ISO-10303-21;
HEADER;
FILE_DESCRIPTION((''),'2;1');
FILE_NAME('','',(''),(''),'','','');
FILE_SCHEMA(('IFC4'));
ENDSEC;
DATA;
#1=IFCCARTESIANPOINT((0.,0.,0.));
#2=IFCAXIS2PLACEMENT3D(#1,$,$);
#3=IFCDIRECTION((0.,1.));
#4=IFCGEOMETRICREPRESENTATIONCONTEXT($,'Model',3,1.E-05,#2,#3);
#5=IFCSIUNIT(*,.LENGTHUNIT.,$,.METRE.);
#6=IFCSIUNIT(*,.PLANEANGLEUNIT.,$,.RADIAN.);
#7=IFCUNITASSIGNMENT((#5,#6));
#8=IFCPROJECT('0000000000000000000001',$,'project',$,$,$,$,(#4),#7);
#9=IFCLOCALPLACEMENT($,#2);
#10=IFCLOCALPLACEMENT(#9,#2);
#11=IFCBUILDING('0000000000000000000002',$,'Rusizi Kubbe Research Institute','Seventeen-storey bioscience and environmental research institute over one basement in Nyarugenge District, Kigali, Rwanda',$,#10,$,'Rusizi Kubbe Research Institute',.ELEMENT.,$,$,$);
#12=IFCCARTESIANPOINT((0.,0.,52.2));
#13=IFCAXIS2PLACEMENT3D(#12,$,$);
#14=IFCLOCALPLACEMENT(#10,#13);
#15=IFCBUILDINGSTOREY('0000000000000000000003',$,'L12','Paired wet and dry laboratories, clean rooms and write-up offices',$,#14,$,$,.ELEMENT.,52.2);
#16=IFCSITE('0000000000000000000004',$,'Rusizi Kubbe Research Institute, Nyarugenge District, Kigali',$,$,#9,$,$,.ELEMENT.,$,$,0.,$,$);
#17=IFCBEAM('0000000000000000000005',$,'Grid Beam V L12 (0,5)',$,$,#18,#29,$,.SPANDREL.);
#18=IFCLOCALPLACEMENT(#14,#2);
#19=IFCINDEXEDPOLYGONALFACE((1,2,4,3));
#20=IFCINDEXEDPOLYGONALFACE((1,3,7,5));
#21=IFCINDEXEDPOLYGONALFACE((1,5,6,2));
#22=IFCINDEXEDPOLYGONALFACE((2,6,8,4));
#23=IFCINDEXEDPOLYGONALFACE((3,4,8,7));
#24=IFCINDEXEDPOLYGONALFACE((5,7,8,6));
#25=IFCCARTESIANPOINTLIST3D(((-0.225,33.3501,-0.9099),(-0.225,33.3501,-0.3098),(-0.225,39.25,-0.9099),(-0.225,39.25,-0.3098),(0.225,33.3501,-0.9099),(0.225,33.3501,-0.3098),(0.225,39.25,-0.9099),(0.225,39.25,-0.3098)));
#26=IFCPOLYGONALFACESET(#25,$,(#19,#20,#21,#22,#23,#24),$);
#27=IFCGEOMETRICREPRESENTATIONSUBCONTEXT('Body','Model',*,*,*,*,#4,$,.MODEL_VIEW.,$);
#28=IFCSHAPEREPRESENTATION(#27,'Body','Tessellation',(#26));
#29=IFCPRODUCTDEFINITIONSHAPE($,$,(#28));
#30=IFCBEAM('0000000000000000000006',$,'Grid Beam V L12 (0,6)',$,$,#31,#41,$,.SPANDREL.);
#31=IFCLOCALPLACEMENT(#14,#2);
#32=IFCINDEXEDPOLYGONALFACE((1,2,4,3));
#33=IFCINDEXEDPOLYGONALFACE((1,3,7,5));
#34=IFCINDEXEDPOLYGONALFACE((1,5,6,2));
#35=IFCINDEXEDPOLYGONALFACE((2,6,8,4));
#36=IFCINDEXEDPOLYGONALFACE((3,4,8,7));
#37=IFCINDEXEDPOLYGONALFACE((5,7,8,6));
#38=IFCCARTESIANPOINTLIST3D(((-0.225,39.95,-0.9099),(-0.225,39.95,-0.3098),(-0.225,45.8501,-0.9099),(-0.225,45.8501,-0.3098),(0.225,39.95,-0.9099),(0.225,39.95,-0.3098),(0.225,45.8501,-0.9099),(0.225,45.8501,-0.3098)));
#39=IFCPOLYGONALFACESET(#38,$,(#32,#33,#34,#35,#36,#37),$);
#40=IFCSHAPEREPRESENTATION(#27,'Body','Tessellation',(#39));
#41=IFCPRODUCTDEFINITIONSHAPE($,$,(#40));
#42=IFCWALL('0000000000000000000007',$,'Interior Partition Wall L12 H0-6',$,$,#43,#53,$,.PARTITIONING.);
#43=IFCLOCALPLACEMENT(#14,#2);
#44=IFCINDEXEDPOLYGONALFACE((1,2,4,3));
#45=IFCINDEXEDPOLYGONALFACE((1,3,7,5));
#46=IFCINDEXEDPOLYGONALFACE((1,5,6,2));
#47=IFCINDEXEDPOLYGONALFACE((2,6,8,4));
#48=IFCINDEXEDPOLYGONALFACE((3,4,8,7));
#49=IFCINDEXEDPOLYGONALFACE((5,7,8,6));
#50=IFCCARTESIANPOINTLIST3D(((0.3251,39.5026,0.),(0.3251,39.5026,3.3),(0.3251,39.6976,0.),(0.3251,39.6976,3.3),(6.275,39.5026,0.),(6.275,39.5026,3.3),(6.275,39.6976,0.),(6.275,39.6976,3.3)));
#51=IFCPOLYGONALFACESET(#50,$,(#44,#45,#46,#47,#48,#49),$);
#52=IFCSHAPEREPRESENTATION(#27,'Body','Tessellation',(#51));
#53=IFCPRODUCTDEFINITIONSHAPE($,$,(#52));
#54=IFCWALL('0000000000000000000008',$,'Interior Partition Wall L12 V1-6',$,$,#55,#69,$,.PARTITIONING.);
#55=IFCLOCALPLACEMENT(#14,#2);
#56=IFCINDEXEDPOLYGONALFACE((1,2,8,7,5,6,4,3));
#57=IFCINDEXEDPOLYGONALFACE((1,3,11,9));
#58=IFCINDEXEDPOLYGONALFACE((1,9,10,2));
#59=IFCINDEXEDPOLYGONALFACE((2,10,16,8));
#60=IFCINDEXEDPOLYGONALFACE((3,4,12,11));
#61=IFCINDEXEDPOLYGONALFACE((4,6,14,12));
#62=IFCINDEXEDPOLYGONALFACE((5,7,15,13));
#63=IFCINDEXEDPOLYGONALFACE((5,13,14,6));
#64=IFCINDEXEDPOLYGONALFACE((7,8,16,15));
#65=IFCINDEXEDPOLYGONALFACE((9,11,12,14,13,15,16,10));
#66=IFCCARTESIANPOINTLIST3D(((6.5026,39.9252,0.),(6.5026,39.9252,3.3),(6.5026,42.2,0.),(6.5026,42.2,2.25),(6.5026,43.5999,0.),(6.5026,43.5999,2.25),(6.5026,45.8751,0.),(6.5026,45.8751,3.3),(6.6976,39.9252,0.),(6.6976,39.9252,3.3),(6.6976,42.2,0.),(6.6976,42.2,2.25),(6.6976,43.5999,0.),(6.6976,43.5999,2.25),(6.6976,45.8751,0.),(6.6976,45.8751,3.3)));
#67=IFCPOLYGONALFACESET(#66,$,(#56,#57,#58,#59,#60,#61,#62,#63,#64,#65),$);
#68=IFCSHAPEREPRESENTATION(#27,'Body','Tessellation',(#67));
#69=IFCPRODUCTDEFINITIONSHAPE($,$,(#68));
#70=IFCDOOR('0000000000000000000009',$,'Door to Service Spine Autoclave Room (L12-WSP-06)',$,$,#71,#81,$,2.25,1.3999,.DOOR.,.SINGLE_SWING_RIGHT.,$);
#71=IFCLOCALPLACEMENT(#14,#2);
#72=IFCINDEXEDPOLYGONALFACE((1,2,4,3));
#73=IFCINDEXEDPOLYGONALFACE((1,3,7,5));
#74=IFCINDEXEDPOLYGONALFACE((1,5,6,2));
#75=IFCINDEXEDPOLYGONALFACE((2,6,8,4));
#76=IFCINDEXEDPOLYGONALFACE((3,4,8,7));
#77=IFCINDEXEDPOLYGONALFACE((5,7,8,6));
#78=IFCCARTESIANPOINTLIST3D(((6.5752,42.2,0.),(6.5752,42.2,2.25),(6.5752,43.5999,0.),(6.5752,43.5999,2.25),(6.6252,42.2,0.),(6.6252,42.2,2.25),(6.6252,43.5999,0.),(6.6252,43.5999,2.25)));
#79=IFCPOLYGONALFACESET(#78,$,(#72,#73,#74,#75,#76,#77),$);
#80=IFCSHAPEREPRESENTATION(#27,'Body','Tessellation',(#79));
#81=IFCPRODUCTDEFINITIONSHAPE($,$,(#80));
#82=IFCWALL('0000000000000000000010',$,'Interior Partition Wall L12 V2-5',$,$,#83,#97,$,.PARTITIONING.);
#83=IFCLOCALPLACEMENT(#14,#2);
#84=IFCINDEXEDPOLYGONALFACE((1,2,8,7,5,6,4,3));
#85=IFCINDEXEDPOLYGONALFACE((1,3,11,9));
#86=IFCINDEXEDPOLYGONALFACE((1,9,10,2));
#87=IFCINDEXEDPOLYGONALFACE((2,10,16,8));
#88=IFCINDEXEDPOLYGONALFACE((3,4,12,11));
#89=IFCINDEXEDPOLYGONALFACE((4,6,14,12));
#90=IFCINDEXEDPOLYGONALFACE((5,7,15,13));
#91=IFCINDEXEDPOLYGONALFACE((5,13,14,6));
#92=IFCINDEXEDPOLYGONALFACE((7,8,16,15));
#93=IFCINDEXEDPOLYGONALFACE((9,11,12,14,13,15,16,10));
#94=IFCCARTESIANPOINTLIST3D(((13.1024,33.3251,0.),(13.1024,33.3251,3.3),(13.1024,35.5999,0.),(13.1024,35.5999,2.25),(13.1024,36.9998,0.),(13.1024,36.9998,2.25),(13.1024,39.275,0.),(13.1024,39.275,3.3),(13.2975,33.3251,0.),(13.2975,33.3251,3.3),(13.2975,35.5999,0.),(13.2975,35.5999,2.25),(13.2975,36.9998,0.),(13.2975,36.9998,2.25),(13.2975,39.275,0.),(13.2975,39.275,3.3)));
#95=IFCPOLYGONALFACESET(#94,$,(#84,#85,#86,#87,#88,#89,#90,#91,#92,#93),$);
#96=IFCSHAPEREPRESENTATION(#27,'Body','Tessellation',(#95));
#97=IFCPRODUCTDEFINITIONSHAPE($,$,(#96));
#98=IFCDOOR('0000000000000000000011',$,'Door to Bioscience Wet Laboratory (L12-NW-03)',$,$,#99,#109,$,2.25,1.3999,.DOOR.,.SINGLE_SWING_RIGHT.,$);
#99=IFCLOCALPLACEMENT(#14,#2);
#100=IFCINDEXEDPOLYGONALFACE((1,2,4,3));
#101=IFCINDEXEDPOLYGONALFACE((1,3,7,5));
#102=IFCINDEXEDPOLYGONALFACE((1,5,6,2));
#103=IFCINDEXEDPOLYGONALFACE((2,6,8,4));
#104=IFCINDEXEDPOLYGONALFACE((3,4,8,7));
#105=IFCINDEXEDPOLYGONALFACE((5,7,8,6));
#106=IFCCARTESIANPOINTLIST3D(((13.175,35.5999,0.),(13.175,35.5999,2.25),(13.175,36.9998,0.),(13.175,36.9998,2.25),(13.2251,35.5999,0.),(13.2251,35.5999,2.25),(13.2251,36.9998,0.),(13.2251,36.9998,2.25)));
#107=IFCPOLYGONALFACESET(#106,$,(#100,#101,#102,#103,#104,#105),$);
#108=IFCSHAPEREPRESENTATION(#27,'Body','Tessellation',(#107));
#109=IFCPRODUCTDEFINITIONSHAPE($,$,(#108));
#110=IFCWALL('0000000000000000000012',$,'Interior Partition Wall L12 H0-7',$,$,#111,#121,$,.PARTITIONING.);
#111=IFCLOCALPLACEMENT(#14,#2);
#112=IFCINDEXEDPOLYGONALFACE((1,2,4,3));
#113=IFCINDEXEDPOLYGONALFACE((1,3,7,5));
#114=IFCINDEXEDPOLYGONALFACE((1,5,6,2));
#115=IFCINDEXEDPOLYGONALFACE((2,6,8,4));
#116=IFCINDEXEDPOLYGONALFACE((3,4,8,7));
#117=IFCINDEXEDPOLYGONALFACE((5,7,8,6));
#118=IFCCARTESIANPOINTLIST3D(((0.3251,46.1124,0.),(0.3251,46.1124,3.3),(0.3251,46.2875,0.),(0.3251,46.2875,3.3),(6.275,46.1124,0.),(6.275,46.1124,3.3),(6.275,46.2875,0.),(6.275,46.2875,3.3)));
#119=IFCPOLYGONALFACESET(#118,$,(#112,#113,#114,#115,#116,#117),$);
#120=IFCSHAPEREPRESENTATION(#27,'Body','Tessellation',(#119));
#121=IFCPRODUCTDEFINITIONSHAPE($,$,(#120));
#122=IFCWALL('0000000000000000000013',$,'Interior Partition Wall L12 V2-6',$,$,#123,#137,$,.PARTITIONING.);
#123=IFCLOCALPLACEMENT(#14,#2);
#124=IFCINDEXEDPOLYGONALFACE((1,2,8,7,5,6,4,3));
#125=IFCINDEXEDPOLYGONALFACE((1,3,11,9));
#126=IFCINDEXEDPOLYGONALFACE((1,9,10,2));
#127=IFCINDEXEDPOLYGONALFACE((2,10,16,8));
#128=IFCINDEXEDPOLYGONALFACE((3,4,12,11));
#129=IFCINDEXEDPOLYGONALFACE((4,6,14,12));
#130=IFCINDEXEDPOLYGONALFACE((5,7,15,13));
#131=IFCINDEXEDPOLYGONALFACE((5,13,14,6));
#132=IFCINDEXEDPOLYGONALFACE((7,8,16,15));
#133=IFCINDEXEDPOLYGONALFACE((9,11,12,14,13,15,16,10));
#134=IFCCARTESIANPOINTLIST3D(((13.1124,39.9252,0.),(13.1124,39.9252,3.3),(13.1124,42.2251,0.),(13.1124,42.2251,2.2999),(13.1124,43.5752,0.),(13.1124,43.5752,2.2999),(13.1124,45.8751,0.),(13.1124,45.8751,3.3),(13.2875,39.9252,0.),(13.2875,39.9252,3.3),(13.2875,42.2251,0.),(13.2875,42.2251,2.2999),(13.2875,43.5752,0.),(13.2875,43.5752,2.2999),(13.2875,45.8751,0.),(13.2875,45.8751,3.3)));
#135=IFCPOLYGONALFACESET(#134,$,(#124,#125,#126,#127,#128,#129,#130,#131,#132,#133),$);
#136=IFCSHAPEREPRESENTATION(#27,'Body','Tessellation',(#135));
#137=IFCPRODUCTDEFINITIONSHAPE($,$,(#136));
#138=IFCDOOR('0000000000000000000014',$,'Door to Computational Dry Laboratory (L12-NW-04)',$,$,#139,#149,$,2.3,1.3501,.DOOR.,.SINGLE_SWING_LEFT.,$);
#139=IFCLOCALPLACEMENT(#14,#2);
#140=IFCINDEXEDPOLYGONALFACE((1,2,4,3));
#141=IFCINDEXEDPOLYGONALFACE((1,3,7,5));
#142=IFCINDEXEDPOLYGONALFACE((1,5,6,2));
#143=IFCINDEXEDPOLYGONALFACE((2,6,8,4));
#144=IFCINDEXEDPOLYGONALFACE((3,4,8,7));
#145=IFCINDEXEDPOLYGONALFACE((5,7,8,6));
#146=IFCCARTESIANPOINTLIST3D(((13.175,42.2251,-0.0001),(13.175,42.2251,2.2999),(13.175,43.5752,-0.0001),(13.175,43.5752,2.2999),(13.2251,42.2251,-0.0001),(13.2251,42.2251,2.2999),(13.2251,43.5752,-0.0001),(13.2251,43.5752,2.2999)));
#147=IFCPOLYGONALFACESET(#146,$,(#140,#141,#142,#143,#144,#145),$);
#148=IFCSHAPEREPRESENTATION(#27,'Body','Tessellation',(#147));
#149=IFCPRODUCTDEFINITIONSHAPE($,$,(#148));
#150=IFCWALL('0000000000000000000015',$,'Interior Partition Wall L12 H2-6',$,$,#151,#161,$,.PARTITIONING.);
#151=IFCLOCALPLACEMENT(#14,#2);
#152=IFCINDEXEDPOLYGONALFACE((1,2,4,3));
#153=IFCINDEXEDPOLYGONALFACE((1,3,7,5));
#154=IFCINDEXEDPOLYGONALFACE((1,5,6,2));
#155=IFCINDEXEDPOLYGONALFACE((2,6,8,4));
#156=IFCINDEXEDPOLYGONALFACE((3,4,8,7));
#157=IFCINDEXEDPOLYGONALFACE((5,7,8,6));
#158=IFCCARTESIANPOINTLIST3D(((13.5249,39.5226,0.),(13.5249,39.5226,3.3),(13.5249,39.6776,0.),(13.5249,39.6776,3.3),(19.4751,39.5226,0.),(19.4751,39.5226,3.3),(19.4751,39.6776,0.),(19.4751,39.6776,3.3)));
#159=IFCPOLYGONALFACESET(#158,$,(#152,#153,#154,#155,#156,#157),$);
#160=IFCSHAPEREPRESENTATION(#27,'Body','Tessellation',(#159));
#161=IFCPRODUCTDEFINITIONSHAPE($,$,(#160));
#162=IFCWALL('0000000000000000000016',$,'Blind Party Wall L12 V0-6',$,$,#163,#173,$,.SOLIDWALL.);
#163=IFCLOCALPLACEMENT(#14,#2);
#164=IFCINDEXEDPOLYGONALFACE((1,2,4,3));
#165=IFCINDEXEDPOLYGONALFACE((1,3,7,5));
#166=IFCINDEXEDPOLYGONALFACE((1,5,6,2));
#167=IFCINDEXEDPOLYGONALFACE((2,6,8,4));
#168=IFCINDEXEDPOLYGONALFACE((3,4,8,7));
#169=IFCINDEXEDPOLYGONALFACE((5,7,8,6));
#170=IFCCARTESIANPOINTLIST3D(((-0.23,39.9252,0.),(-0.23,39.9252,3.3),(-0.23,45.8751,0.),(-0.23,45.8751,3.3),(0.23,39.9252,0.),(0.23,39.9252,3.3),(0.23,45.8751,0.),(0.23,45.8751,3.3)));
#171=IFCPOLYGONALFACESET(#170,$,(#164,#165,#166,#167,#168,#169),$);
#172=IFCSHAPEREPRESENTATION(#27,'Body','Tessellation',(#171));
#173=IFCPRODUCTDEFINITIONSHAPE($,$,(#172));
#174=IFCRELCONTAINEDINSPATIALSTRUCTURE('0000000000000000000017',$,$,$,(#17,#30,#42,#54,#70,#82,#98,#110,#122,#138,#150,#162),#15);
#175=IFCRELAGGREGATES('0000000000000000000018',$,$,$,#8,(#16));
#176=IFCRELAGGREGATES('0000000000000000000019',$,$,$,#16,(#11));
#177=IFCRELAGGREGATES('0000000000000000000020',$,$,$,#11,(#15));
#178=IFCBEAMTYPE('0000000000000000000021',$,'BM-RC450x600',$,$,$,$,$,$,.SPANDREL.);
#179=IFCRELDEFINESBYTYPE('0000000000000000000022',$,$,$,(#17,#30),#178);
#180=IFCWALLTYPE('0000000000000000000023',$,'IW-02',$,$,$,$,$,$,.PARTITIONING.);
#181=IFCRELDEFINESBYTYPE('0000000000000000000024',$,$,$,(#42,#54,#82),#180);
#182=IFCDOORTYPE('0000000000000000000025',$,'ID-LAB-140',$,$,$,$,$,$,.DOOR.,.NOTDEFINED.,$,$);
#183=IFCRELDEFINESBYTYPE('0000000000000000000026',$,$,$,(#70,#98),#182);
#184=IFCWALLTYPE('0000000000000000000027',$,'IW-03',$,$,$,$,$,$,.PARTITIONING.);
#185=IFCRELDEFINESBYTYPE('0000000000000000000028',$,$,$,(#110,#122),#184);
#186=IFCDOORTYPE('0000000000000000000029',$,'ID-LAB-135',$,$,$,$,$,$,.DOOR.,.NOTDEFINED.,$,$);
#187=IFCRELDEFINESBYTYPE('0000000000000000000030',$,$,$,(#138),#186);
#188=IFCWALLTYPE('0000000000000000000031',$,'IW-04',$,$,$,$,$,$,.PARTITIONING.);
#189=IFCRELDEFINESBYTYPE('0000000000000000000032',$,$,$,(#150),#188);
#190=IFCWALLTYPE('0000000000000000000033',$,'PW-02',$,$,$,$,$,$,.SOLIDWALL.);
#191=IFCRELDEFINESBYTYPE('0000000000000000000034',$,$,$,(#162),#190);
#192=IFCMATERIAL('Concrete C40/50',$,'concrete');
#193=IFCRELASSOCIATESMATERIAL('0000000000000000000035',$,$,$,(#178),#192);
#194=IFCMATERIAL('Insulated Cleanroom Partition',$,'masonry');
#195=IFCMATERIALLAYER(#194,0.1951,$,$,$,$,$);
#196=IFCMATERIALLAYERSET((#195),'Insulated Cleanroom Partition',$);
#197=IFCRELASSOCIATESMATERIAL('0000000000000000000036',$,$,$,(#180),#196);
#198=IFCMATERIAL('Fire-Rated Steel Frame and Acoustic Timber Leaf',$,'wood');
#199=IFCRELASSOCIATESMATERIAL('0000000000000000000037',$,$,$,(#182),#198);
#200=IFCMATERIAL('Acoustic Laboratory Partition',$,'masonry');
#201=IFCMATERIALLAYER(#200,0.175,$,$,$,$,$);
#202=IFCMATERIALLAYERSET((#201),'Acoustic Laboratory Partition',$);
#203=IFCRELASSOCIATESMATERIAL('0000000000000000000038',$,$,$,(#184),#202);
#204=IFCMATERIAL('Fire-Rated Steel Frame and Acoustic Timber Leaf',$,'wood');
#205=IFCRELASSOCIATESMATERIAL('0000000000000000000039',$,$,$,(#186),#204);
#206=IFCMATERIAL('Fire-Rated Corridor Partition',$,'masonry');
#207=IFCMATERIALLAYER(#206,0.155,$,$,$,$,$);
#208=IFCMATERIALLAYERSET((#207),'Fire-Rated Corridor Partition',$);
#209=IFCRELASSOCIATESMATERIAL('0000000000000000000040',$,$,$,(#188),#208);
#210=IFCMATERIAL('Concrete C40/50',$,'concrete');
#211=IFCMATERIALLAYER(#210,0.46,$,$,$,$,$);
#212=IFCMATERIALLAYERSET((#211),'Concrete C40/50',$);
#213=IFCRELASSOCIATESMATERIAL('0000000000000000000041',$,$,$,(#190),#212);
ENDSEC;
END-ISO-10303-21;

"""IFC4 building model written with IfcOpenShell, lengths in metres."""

from ifc_helpers import new_model, si_unit, direction, frame, frame_2d, origin, origin_2d, place, context, subcontext, project, spatial, rectangle, extrude, material, layer, layer_set, material_profile, profile_set, type_object, element, fill, save


model = new_model("IFC4")

# Units and contexts
model_context = context("Model", 3, precision=1e-05, world=origin(), true_north=direction((0.0, 1.0)))
body_context = subcontext(model_context, "Body", "Model", "MODEL_VIEW")
ifc_project = project(units=[si_unit("LENGTHUNIT", "METRE"), si_unit("PLANEANGLEUNIT", "RADIAN")], contexts=[model_context])

# Site, building, storey
site_placement = place(None, origin())
site = spatial("IfcSite", under=ifc_project, at=site_placement, Name="Rusizi Kubbe Research Institute, Nyarugenge District, Kigali", CompositionType="ELEMENT", RefElevation=0.0)
building_placement = place(site_placement, origin())
building = spatial("IfcBuilding", under=site, at=building_placement, Name="Rusizi Kubbe Research Institute", Description="Seventeen-storey bioscience and environmental research institute over one basement in Nyarugenge District, Kigali, Rwanda", LongName="Rusizi Kubbe Research Institute", CompositionType="ELEMENT")
storey_placement = place(building_placement, frame((0.0, 0.0, 52.2)))
storey = spatial("IfcBuildingStorey", under=building, at=storey_placement, Name="L12", Description="Paired wet and dry laboratories, clean rooms and write-up offices", CompositionType="ELEMENT", Elevation=52.2)

# Beams
ifc_material_1 = material(Name="Concrete C40/50", Category="concrete")
ifc_material_profile_1 = material_profile(ifc_material_1, rectangle(XDim=0.45, YDim=0.6001, at=origin_2d()), Name="RC450x600")
ifc_profile_set_1 = profile_set([ifc_material_profile_1], Name="Concrete C40/50")
beam_type_1 = type_object("IfcBeamType", Name="BM-RC450x600", PredefinedType="SPANDREL", material=ifc_profile_set_1)
beam_1_placement = place(storey_placement, frame((0.0, 33.3501, -0.6099), z_axis=(0.0, 1.0, 0.0), x_axis=(-1.0, 0.0, 0.0)))
element("IfcBeam", 1, at=beam_1_placement, inside=storey, type_object=beam_type_1, Name="Grid Beam V L12 (0,5)", PredefinedType="SPANDREL", context=body_context, shape_type="SweptSolid", body=[
    extrude(rectangle(XDim=0.45, YDim=0.6001, at=origin_2d()), origin(), (0.0, 0.0, 1.0), 5.8999),
])
beam_2_placement = place(storey_placement, frame((0.0, 39.95, -0.6099), z_axis=(0.0, 1.0, 0.0), x_axis=(-1.0, 0.0, 0.0)))
element("IfcBeam", 2, at=beam_2_placement, inside=storey, type_object=beam_type_1, Name="Grid Beam V L12 (0,6)", PredefinedType="SPANDREL", context=body_context, shape_type="SweptSolid", body=[
    extrude(rectangle(XDim=0.45, YDim=0.6001, at=origin_2d()), origin(), (0.0, 0.0, 1.0), 5.9001),
])

# Wall
ifc_material_2 = material(Name="Insulated Cleanroom Partition", Category="masonry")
ifc_layer_1 = layer(ifc_material_2, 0.1951)
ifc_layer_set_1 = layer_set([ifc_layer_1], Name="Insulated Cleanroom Partition")
wall_type_1 = type_object("IfcWallType", Name="IW-02", PredefinedType="PARTITIONING", material=ifc_layer_set_1)
wall_1_placement = place(storey_placement, frame((0.325, 39.6001, 0.0), z_axis=(0.0, 0.0, 1.0), x_axis=(1.0, 0.0, 0.0)))
element("IfcWall", 3, at=wall_1_placement, inside=storey, type_object=wall_type_1, Name="Interior Partition Wall L12 H0-6", PredefinedType="PARTITIONING", context=body_context, shape_type="SweptSolid", body=[
    extrude(rectangle(XDim=5.95, YDim=0.1951, at=frame_2d((2.9751, 0.0))), origin(), (0.0, 0.0, 1.0), 3.3),
])

# Walls, openings, doors
wall_2_placement = place(storey_placement, frame((6.6001, 39.925, 0.0), z_axis=(0.0, 0.0, 1.0), x_axis=(0.0, 1.0, 0.0)))
wall_2 = element("IfcWall", 4, at=wall_2_placement, inside=storey, type_object=wall_type_1, Name="Interior Partition Wall L12 V1-6", PredefinedType="PARTITIONING", context=body_context, shape_type="SweptSolid", body=[
    extrude(rectangle(XDim=5.95, YDim=0.1951, at=frame_2d((2.9751, 0.0))), origin(), (0.0, 0.0, 1.0), 3.3),
])
opening_1_placement = place(wall_2_placement, frame((2.2749, 0.0, 0.0)))
opening_1 = element("IfcOpeningElement", 5, at=opening_1_placement, cuts=wall_2, PredefinedType="OPENING", context=body_context, shape_type="SweptSolid", body=[
    extrude(rectangle(XDim=1.3999, YDim=2.25, at=frame_2d((0.7, 1.125))), frame((0.0, 0.1074, 0.0), z_axis=(0.0, -1.0, 0.0), x_axis=(1.0, 0.0, 0.0)), (0.0, 0.0, 1.0), 0.2151),
])
ifc_material_3 = material(Name="Fire-Rated Steel Frame and Acoustic Timber Leaf", Category="wood")
door_type_1 = type_object("IfcDoorType", Name="ID-LAB-140", OperationType="NOTDEFINED", PredefinedType="DOOR", material=ifc_material_3)
door_1_placement = place(opening_1_placement, origin())
door_1 = element("IfcDoor", 6, at=door_1_placement, inside=storey, type_object=door_type_1, Name="Door to Service Spine Autoclave Room (L12-WSP-06)", OperationType="SINGLE_SWING_RIGHT", OverallHeight=2.25, OverallWidth=1.3999, PredefinedType="DOOR", context=body_context, shape_type="SweptSolid", body=[
    extrude(rectangle(XDim=1.3999, YDim=2.25, at=frame_2d((0.7, 1.125))), frame((0.0, 0.0249, 0.0), z_axis=(0.0, -1.0, 0.0), x_axis=(1.0, 0.0, 0.0)), (0.0, 0.0, 1.0), 0.05),
])
fill(opening_1, door_1)
wall_3_placement = place(storey_placement, frame((13.2, 33.325, 0.0), z_axis=(0.0, 0.0, 1.0), x_axis=(0.0, 1.0, 0.0)))
wall_3 = element("IfcWall", 7, at=wall_3_placement, inside=storey, type_object=wall_type_1, Name="Interior Partition Wall L12 V2-5", PredefinedType="PARTITIONING", context=body_context, shape_type="SweptSolid", body=[
    extrude(rectangle(XDim=5.95, YDim=0.1951, at=frame_2d((2.9751, 0.0))), origin(), (0.0, 0.0, 1.0), 3.3),
])
opening_2_placement = place(wall_3_placement, frame((2.2749, 0.0, 0.0)))
opening_2 = element("IfcOpeningElement", 8, at=opening_2_placement, cuts=wall_3, PredefinedType="OPENING", context=body_context, shape_type="SweptSolid", body=[
    extrude(rectangle(XDim=1.3999, YDim=2.25, at=frame_2d((0.7, 1.125))), frame((0.0, 0.1074, 0.0), z_axis=(0.0, -1.0, 0.0), x_axis=(1.0, 0.0, 0.0)), (0.0, 0.0, 1.0), 0.2151),
])
door_2_placement = place(opening_2_placement, origin())
door_2 = element("IfcDoor", 9, at=door_2_placement, inside=storey, type_object=door_type_1, Name="Door to Bioscience Wet Laboratory (L12-NW-03)", OperationType="SINGLE_SWING_RIGHT", OverallHeight=2.25, OverallWidth=1.3999, PredefinedType="DOOR", context=body_context, shape_type="SweptSolid", body=[
    extrude(rectangle(XDim=1.3999, YDim=2.25, at=frame_2d((0.7, 1.125))), frame((0.0, 0.0249, 0.0), z_axis=(0.0, -1.0, 0.0), x_axis=(1.0, 0.0, 0.0)), (0.0, 0.0, 1.0), 0.05),
])
fill(opening_2, door_2)

# Wall
ifc_material_4 = material(Name="Acoustic Laboratory Partition", Category="masonry")
ifc_layer_2 = layer(ifc_material_4, 0.175)
ifc_layer_set_2 = layer_set([ifc_layer_2], Name="Acoustic Laboratory Partition")
wall_type_2 = type_object("IfcWallType", Name="IW-03", PredefinedType="PARTITIONING", material=ifc_layer_set_2)
wall_4_placement = place(storey_placement, frame((0.325, 46.2, 0.0), z_axis=(0.0, 0.0, 1.0), x_axis=(1.0, 0.0, 0.0)))
element("IfcWall", 10, at=wall_4_placement, inside=storey, type_object=wall_type_2, Name="Interior Partition Wall L12 H0-7", PredefinedType="PARTITIONING", context=body_context, shape_type="SweptSolid", body=[
    extrude(rectangle(XDim=5.95, YDim=0.175, at=frame_2d((2.9751, 0.0))), origin(), (0.0, 0.0, 1.0), 3.3),
])

# Wall, opening, door
wall_5_placement = place(storey_placement, frame((13.2, 39.925, 0.0), z_axis=(0.0, 0.0, 1.0), x_axis=(0.0, 1.0, 0.0)))
wall_5 = element("IfcWall", 11, at=wall_5_placement, inside=storey, type_object=wall_type_2, Name="Interior Partition Wall L12 V2-6", PredefinedType="PARTITIONING", context=body_context, shape_type="SweptSolid", body=[
    extrude(rectangle(XDim=5.95, YDim=0.175, at=frame_2d((2.9751, 0.0))), origin(), (0.0, 0.0, 1.0), 3.3),
])
opening_3_placement = place(wall_5_placement, frame((2.3, 0.0, 0.0)))
opening_3 = element("IfcOpeningElement", 12, at=opening_3_placement, cuts=wall_5, PredefinedType="OPENING", context=body_context, shape_type="SweptSolid", body=[
    extrude(rectangle(XDim=1.3501, YDim=2.3, at=frame_2d((0.675, 1.1499))), frame((0.0, 0.0974, 0.0), z_axis=(0.0, -1.0, 0.0), x_axis=(1.0, 0.0, 0.0)), (0.0, 0.0, 1.0), 0.1951),
])
ifc_material_5 = material(Name="Fire-Rated Steel Frame and Acoustic Timber Leaf", Category="wood")
door_type_2 = type_object("IfcDoorType", Name="ID-LAB-135", OperationType="NOTDEFINED", PredefinedType="DOOR", material=ifc_material_5)
door_3_placement = place(opening_3_placement, origin())
door_3 = element("IfcDoor", 13, at=door_3_placement, inside=storey, type_object=door_type_2, Name="Door to Computational Dry Laboratory (L12-NW-04)", OperationType="SINGLE_SWING_LEFT", OverallHeight=2.3, OverallWidth=1.3501, PredefinedType="DOOR", context=body_context, shape_type="SweptSolid", body=[
    extrude(rectangle(XDim=1.3501, YDim=2.3, at=frame_2d((0.675, 1.1499))), frame((0.0, 0.0249, 0.0), z_axis=(0.0, -1.0, 0.0), x_axis=(1.0, 0.0, 0.0)), (0.0, 0.0, 1.0), 0.05),
])
fill(opening_3, door_3)

# Walls
ifc_material_6 = material(Name="Fire-Rated Corridor Partition", Category="masonry")
ifc_layer_3 = layer(ifc_material_6, 0.155)
ifc_layer_set_3 = layer_set([ifc_layer_3], Name="Fire-Rated Corridor Partition")
wall_type_3 = type_object("IfcWallType", Name="IW-04", PredefinedType="PARTITIONING", material=ifc_layer_set_3)
wall_6_placement = place(storey_placement, frame((13.5249, 39.6001, 0.0), z_axis=(0.0, 0.0, 1.0), x_axis=(1.0, 0.0, 0.0)))
element("IfcWall", 14, at=wall_6_placement, inside=storey, type_object=wall_type_3, Name="Interior Partition Wall L12 H2-6", PredefinedType="PARTITIONING", context=body_context, shape_type="SweptSolid", body=[
    extrude(rectangle(XDim=5.9502, YDim=0.155, at=frame_2d((2.9751, 0.0))), origin(), (0.0, 0.0, 1.0), 3.3),
])
ifc_material_7 = material(Name="Concrete C40/50", Category="concrete")
ifc_layer_4 = layer(ifc_material_7, 0.46)
ifc_layer_set_4 = layer_set([ifc_layer_4], Name="Concrete C40/50")
wall_type_4 = type_object("IfcWallType", Name="PW-02", PredefinedType="SOLIDWALL", material=ifc_layer_set_4)
wall_7_placement = place(storey_placement, frame((0.0, 39.925, 0.0), z_axis=(0.0, 0.0, 1.0), x_axis=(0.0, 1.0, 0.0)))
element("IfcWall", 15, at=wall_7_placement, inside=storey, type_object=wall_type_4, Name="Blind Party Wall L12 V0-6", PredefinedType="SOLIDWALL", context=body_context, shape_type="SweptSolid", body=[
    extrude(rectangle(XDim=5.95, YDim=0.46, at=frame_2d((2.9751, 0.0))), origin(), (0.0, 0.0, 1.0), 3.3),
])

save(model, "model.ifc")
